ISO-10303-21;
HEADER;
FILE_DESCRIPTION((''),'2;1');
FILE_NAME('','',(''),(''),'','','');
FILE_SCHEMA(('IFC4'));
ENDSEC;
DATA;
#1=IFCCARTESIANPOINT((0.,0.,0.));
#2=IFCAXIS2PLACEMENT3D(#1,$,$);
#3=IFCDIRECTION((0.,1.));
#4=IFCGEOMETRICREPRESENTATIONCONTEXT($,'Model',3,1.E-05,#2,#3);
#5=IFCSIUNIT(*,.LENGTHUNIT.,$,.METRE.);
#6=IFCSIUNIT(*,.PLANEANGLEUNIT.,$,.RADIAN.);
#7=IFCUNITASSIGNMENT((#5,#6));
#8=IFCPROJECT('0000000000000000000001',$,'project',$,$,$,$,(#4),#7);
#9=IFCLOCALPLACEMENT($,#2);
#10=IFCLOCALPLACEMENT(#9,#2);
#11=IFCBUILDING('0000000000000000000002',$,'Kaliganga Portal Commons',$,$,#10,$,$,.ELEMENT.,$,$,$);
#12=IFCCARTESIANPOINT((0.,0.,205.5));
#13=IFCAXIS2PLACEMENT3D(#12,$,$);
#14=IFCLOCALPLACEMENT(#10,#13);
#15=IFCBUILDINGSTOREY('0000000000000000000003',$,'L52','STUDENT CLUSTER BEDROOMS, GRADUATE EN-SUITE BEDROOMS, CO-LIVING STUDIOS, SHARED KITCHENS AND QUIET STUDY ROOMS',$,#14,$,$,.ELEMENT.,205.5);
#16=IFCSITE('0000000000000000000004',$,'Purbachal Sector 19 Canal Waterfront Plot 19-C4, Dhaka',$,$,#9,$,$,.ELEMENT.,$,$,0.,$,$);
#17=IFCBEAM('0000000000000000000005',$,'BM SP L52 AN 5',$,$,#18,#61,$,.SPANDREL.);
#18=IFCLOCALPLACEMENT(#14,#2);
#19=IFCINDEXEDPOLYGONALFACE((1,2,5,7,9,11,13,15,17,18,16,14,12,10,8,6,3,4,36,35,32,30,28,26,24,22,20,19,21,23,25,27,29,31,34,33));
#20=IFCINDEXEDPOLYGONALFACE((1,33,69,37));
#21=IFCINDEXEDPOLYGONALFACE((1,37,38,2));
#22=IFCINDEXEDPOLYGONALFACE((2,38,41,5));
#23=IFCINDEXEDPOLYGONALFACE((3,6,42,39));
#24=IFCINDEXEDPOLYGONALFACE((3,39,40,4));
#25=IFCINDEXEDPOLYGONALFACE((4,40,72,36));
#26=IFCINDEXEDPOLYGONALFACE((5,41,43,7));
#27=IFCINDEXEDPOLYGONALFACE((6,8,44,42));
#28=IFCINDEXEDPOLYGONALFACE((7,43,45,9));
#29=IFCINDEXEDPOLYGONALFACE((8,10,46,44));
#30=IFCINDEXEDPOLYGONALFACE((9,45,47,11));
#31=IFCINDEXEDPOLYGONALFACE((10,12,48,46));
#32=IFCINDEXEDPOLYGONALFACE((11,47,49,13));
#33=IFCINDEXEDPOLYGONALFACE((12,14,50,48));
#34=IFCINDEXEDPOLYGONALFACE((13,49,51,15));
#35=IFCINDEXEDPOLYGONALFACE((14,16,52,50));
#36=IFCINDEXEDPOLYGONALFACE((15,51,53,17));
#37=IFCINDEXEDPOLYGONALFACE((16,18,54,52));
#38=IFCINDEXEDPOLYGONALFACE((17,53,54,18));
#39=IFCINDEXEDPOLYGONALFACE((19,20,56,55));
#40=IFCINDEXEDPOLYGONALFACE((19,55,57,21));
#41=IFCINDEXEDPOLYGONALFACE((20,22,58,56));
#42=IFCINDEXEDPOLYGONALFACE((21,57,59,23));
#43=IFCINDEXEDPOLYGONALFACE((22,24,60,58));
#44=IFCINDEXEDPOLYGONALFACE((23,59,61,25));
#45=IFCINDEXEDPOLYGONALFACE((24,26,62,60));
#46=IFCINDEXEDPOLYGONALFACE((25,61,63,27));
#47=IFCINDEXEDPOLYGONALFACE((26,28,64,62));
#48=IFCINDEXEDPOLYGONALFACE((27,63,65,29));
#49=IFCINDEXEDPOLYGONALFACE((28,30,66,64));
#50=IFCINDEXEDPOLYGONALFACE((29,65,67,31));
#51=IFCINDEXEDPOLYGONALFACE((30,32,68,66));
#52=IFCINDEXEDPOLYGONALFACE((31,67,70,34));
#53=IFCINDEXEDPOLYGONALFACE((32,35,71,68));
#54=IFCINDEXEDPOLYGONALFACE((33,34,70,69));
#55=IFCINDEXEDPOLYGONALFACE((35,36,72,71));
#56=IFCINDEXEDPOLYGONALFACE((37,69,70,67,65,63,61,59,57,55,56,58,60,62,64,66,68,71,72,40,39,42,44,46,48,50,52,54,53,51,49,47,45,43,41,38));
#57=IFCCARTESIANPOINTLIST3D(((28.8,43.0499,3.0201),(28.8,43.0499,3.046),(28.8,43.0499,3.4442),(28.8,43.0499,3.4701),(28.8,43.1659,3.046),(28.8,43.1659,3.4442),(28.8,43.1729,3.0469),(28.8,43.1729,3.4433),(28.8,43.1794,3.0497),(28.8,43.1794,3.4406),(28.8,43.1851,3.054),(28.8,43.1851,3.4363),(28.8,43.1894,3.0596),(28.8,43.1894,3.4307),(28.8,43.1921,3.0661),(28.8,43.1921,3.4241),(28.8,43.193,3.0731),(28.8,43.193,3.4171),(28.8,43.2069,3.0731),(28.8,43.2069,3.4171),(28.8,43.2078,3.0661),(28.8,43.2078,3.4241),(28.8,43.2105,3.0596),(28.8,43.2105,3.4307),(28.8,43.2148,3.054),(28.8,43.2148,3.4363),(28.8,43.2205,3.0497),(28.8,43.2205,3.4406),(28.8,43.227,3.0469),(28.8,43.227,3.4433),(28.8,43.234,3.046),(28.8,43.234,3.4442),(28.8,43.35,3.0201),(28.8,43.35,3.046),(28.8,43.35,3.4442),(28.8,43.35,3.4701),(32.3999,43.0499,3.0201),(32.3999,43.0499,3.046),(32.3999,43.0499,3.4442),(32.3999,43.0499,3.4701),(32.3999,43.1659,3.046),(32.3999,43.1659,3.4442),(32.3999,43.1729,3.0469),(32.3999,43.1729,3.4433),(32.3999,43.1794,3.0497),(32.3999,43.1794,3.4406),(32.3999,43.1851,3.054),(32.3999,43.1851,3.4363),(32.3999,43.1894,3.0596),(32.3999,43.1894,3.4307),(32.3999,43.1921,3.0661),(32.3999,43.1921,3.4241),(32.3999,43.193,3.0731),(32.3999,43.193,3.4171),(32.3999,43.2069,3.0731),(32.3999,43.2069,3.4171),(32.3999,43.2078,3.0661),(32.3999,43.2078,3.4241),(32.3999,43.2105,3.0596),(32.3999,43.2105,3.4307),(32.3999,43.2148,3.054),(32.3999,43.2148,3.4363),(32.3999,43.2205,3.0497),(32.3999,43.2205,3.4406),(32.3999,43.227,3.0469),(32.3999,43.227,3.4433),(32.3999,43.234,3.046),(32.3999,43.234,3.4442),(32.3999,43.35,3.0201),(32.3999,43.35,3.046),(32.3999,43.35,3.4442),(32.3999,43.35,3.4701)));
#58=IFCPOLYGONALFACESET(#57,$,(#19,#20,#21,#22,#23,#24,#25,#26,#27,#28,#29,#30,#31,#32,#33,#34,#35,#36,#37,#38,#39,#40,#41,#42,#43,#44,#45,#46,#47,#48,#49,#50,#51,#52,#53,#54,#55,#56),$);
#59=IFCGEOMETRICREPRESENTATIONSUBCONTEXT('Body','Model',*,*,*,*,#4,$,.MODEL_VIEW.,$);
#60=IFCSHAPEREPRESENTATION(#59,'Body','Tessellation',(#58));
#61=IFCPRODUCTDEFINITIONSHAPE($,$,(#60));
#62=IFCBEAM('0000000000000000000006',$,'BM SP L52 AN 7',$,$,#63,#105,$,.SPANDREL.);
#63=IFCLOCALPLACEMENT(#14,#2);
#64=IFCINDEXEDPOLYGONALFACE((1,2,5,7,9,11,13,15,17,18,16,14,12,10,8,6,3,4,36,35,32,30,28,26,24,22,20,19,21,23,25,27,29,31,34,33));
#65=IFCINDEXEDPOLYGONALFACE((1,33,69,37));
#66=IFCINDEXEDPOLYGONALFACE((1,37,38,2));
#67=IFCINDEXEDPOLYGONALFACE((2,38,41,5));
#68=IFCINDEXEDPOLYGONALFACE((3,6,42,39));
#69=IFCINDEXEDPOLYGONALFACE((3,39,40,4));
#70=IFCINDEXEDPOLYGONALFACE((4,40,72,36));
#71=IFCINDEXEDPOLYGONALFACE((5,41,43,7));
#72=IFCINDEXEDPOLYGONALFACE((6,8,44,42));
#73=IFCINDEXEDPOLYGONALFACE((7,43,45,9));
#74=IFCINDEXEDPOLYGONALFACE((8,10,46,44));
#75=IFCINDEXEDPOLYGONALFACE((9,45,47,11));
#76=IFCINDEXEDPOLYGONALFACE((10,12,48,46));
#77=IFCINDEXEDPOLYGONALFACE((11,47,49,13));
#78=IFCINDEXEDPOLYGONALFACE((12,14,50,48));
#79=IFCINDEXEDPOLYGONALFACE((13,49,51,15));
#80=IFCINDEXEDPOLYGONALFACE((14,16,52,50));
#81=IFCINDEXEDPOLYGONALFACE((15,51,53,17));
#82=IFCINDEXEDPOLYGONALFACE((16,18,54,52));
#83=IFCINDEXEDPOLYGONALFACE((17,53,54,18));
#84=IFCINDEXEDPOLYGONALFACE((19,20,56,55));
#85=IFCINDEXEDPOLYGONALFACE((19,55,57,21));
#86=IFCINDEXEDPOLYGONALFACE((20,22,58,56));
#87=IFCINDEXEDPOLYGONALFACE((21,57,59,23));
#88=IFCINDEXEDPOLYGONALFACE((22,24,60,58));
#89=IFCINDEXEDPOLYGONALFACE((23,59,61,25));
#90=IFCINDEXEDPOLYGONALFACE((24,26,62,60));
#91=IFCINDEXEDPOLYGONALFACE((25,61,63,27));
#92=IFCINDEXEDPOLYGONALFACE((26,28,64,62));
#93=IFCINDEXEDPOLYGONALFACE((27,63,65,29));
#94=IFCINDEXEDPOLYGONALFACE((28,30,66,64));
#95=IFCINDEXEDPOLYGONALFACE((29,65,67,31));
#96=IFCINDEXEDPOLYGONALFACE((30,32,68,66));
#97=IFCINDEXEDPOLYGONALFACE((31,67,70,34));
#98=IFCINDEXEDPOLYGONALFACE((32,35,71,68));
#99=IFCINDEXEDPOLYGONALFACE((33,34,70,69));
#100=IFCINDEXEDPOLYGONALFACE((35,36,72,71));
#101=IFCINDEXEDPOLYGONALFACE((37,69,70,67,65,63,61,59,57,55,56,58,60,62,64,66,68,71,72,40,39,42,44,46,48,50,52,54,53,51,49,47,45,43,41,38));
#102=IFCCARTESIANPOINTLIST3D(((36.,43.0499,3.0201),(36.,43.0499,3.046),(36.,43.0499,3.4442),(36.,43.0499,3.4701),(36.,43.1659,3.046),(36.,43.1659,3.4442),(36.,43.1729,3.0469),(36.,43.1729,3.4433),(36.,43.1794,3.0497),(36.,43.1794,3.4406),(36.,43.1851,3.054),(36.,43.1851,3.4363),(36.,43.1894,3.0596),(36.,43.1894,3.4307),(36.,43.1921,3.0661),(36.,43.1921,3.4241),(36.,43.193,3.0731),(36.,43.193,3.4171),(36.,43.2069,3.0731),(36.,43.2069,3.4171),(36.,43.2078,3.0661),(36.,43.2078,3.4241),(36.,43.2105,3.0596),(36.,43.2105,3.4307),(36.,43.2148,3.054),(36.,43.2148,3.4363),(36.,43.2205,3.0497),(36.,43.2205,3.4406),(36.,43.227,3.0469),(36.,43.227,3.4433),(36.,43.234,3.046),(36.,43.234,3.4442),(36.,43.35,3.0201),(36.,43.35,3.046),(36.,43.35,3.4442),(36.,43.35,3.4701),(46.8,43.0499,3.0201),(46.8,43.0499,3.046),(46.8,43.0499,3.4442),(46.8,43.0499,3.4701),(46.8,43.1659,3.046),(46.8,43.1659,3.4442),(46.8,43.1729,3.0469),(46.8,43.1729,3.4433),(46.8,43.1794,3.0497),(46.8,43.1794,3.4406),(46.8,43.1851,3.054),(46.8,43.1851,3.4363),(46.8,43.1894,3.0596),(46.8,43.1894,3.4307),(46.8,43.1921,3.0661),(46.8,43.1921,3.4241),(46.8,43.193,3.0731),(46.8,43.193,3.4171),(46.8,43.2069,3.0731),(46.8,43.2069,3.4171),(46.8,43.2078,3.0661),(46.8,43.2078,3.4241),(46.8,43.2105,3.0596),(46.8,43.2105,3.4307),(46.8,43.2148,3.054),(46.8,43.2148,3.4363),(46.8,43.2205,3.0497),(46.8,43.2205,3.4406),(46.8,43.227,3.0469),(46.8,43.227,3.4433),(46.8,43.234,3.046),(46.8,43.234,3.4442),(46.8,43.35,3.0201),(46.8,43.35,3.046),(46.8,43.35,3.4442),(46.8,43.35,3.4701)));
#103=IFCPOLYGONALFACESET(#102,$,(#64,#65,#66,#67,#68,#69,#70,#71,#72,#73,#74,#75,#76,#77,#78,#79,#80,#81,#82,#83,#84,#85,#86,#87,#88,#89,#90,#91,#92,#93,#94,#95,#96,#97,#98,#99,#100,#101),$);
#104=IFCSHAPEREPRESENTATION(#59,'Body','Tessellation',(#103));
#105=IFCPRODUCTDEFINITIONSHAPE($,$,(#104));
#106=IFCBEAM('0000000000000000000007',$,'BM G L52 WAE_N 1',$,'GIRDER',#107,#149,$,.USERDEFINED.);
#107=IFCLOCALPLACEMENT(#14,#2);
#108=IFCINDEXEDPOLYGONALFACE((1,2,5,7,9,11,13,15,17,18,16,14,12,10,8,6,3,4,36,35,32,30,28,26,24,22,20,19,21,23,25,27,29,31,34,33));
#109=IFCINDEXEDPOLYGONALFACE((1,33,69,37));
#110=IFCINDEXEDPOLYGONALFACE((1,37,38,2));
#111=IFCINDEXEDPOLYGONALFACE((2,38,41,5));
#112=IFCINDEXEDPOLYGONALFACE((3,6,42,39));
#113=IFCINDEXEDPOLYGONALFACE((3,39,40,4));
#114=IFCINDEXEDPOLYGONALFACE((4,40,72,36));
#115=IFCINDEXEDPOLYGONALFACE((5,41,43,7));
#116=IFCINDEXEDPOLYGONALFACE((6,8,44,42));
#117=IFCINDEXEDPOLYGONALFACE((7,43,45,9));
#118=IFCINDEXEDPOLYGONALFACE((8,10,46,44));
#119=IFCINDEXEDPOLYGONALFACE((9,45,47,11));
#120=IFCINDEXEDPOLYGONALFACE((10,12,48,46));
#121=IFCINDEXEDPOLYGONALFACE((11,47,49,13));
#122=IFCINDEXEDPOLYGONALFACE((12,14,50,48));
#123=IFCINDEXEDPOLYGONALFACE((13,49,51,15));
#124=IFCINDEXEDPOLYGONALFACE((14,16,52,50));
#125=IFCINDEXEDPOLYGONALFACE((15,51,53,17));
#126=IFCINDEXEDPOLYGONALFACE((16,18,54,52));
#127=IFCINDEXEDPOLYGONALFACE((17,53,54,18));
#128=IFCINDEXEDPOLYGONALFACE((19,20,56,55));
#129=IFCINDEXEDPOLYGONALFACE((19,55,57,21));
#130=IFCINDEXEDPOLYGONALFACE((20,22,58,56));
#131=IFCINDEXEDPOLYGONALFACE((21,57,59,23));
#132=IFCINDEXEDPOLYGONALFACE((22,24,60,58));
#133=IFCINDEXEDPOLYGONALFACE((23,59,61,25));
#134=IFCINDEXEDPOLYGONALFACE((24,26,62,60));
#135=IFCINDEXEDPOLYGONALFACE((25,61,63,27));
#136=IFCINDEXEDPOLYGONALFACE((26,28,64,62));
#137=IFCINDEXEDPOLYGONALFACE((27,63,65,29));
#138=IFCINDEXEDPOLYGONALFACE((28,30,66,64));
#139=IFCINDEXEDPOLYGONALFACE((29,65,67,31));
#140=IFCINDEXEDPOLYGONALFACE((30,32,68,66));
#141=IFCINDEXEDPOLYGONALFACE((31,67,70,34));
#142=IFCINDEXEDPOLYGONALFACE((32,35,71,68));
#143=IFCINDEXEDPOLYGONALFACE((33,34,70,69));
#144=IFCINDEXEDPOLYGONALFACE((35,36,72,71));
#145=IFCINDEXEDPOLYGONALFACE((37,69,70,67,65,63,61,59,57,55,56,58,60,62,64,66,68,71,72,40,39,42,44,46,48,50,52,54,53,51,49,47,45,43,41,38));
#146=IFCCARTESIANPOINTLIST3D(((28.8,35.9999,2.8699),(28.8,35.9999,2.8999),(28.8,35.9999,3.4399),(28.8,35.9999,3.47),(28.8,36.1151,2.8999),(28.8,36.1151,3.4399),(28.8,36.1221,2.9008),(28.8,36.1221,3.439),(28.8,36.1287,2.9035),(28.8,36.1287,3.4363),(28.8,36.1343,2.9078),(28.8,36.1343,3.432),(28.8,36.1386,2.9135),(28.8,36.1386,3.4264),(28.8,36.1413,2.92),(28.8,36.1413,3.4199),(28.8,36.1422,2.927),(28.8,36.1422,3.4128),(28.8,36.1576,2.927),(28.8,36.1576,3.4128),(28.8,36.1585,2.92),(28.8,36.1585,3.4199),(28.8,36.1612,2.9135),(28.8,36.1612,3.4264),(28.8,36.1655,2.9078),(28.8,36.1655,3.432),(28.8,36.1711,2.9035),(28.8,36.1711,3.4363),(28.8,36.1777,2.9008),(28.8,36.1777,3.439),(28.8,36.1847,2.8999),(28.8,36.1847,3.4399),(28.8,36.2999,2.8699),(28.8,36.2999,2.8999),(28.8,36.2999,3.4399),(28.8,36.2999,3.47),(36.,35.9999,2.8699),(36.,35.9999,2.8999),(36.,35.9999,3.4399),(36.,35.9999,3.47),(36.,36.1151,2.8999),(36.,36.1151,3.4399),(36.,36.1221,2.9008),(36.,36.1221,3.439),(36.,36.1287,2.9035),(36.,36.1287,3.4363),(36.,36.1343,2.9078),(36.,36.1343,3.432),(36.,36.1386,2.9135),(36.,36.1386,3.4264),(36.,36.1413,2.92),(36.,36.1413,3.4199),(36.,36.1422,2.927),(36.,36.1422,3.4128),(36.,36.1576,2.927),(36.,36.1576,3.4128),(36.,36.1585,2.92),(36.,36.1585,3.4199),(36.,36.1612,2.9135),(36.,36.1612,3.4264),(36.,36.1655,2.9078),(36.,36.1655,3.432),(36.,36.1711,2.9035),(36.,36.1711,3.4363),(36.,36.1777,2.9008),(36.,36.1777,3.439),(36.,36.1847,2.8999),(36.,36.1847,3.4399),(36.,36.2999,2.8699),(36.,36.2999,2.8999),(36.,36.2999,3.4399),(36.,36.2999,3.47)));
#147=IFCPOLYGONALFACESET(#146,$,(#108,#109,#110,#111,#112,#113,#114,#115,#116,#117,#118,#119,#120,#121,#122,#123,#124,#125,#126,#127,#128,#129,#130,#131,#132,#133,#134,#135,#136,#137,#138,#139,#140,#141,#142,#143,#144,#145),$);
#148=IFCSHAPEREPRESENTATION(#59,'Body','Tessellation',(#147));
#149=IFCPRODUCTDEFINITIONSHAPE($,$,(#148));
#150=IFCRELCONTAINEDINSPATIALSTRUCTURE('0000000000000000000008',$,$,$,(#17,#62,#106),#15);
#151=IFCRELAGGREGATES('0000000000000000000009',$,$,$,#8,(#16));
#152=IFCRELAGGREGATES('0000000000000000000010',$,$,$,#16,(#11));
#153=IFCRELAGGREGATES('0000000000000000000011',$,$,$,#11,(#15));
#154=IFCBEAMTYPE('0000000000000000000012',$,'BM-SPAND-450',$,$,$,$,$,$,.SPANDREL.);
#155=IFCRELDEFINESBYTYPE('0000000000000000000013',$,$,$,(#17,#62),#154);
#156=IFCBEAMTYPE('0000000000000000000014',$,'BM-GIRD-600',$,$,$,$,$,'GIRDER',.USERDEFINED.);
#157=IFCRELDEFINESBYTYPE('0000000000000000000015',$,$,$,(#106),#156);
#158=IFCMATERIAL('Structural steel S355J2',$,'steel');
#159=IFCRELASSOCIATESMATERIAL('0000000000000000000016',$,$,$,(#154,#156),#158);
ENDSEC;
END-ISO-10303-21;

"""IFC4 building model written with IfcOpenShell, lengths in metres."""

from ifc_helpers import new_model, si_unit, direction, frame, origin, origin_2d, place, context, subcontext, project, spatial, i_section, extrude, source, transform, mapped, material, material_profile, profile_set, type_object, element, save


model = new_model("IFC4")

# Units and contexts
model_context = context("Model", 3, precision=1e-05, world=origin(), true_north=direction((0.0, 1.0)))
body_context = subcontext(model_context, "Body", "Model", "MODEL_VIEW")
ifc_project = project(units=[si_unit("LENGTHUNIT", "METRE"), si_unit("PLANEANGLEUNIT", "RADIAN")], contexts=[model_context])

# Site, building, storey
site_placement = place(None, origin())
site = spatial("IfcSite", under=ifc_project, at=site_placement, Name="Purbachal Sector 19 Canal Waterfront Plot 19-C4, Dhaka", CompositionType="ELEMENT", RefElevation=0.0)
building_placement = place(site_placement, origin())
building = spatial("IfcBuilding", under=site, at=building_placement, Name="Kaliganga Portal Commons", CompositionType="ELEMENT")
storey_placement = place(building_placement, frame((0.0, 0.0, 205.5)))
storey = spatial("IfcBuildingStorey", under=building, at=storey_placement, Name="L52", Description="STUDENT CLUSTER BEDROOMS, GRADUATE EN-SUITE BEDROOMS, CO-LIVING STUDIOS, SHARED KITCHENS AND QUIET STUDY ROOMS", CompositionType="ELEMENT", Elevation=205.5)

# Shared definitions
ifc_material_1 = material(Name="Structural steel S355J2", Category="steel")

# Beams
ifc_material_profile_1 = material_profile(ifc_material_1, i_section(OverallWidth=0.3, OverallDepth=0.45, WebThickness=0.0139, FlangeThickness=0.0259, FilletRadius=0.0271, at=origin_2d()), Name="HE 450 B")
ifc_profile_set_1 = profile_set([ifc_material_profile_1], Name="Structural steel S355J2 wide-flange")
beam_type_1 = type_object("IfcBeamType", Name="BM-SPAND-450", PredefinedType="SPANDREL", material=ifc_profile_set_1)
shared_shape_1 = source(origin(), body_context, "Body", "SweptSolid", [
    extrude(i_section(OverallWidth=0.3, OverallDepth=0.45, WebThickness=0.0139, FlangeThickness=0.0259, FilletRadius=0.0271, at=origin_2d()), origin(), (0.0, 0.0, 1.0), 3.5999),
])
beam_1_placement = place(storey_placement, frame((28.8, 43.2, 3.2451), z_axis=(1.0, 0.0, 0.0), x_axis=(0.0, 1.0, 0.0)))
element("IfcBeam", 1, at=beam_1_placement, inside=storey, type_object=beam_type_1, Name="BM SP L52 AN 5", PredefinedType="SPANDREL", context=body_context, shape_type="MappedRepresentation", body=[
    mapped(shared_shape_1, transform((0.0, 0.0, 0.0), x_axis=(1.0, 0.0, 0.0), y_axis=(0.0, 1.0, 0.0), z_axis=(0.0, 0.0, 1.0), scale=1.0)),
])
shared_shape_2 = source(origin(), body_context, "Body", "SweptSolid", [
    extrude(i_section(OverallWidth=0.3, OverallDepth=0.45, WebThickness=0.0139, FlangeThickness=0.0259, FilletRadius=0.0271, at=origin_2d()), origin(), (0.0, 0.0, 1.0), 10.8),
])
beam_2_placement = place(storey_placement, frame((36.0, 43.2, 3.2451), z_axis=(1.0, 0.0, 0.0), x_axis=(0.0, 1.0, 0.0)))
element("IfcBeam", 2, at=beam_2_placement, inside=storey, type_object=beam_type_1, Name="BM SP L52 AN 7", PredefinedType="SPANDREL", context=body_context, shape_type="MappedRepresentation", body=[
    mapped(shared_shape_2, transform((0.0, 0.0, 0.0), x_axis=(1.0, 0.0, 0.0), y_axis=(0.0, 1.0, 0.0), z_axis=(0.0, 0.0, 1.0), scale=1.0)),
])
ifc_material_profile_2 = material_profile(ifc_material_1, i_section(OverallWidth=0.3, OverallDepth=0.6001, WebThickness=0.0154, FlangeThickness=0.03, FilletRadius=0.0271, at=origin_2d()), Name="HE 600 B")
ifc_profile_set_2 = profile_set([ifc_material_profile_2], Name="Structural steel S355J2 wide-flange")
beam_type_2 = type_object("IfcBeamType", Name="BM-GIRD-600", ElementType="GIRDER", PredefinedType="USERDEFINED", material=ifc_profile_set_2)
shared_shape_3 = source(origin(), body_context, "Body", "SweptSolid", [
    extrude(i_section(OverallWidth=0.3, OverallDepth=0.6001, WebThickness=0.0154, FlangeThickness=0.03, FilletRadius=0.0271, at=origin_2d()), origin(), (0.0, 0.0, 1.0), 7.2),
])
beam_3_placement = place(storey_placement, frame((28.8, 36.1499, 3.1699), z_axis=(1.0, 0.0, 0.0), x_axis=(0.0, 1.0, 0.0)))
element("IfcBeam", 3, at=beam_3_placement, inside=storey, type_object=beam_type_2, Name="BM G L52 WAE_N 1", ObjectType="GIRDER", PredefinedType="USERDEFINED", context=body_context, shape_type="MappedRepresentation", body=[
    mapped(shared_shape_3, transform((0.0, 0.0, 0.0), x_axis=(1.0, 0.0, 0.0), y_axis=(0.0, 1.0, 0.0), z_axis=(0.0, 0.0, 1.0), scale=1.0)),
])

save(model, "model.ifc")
